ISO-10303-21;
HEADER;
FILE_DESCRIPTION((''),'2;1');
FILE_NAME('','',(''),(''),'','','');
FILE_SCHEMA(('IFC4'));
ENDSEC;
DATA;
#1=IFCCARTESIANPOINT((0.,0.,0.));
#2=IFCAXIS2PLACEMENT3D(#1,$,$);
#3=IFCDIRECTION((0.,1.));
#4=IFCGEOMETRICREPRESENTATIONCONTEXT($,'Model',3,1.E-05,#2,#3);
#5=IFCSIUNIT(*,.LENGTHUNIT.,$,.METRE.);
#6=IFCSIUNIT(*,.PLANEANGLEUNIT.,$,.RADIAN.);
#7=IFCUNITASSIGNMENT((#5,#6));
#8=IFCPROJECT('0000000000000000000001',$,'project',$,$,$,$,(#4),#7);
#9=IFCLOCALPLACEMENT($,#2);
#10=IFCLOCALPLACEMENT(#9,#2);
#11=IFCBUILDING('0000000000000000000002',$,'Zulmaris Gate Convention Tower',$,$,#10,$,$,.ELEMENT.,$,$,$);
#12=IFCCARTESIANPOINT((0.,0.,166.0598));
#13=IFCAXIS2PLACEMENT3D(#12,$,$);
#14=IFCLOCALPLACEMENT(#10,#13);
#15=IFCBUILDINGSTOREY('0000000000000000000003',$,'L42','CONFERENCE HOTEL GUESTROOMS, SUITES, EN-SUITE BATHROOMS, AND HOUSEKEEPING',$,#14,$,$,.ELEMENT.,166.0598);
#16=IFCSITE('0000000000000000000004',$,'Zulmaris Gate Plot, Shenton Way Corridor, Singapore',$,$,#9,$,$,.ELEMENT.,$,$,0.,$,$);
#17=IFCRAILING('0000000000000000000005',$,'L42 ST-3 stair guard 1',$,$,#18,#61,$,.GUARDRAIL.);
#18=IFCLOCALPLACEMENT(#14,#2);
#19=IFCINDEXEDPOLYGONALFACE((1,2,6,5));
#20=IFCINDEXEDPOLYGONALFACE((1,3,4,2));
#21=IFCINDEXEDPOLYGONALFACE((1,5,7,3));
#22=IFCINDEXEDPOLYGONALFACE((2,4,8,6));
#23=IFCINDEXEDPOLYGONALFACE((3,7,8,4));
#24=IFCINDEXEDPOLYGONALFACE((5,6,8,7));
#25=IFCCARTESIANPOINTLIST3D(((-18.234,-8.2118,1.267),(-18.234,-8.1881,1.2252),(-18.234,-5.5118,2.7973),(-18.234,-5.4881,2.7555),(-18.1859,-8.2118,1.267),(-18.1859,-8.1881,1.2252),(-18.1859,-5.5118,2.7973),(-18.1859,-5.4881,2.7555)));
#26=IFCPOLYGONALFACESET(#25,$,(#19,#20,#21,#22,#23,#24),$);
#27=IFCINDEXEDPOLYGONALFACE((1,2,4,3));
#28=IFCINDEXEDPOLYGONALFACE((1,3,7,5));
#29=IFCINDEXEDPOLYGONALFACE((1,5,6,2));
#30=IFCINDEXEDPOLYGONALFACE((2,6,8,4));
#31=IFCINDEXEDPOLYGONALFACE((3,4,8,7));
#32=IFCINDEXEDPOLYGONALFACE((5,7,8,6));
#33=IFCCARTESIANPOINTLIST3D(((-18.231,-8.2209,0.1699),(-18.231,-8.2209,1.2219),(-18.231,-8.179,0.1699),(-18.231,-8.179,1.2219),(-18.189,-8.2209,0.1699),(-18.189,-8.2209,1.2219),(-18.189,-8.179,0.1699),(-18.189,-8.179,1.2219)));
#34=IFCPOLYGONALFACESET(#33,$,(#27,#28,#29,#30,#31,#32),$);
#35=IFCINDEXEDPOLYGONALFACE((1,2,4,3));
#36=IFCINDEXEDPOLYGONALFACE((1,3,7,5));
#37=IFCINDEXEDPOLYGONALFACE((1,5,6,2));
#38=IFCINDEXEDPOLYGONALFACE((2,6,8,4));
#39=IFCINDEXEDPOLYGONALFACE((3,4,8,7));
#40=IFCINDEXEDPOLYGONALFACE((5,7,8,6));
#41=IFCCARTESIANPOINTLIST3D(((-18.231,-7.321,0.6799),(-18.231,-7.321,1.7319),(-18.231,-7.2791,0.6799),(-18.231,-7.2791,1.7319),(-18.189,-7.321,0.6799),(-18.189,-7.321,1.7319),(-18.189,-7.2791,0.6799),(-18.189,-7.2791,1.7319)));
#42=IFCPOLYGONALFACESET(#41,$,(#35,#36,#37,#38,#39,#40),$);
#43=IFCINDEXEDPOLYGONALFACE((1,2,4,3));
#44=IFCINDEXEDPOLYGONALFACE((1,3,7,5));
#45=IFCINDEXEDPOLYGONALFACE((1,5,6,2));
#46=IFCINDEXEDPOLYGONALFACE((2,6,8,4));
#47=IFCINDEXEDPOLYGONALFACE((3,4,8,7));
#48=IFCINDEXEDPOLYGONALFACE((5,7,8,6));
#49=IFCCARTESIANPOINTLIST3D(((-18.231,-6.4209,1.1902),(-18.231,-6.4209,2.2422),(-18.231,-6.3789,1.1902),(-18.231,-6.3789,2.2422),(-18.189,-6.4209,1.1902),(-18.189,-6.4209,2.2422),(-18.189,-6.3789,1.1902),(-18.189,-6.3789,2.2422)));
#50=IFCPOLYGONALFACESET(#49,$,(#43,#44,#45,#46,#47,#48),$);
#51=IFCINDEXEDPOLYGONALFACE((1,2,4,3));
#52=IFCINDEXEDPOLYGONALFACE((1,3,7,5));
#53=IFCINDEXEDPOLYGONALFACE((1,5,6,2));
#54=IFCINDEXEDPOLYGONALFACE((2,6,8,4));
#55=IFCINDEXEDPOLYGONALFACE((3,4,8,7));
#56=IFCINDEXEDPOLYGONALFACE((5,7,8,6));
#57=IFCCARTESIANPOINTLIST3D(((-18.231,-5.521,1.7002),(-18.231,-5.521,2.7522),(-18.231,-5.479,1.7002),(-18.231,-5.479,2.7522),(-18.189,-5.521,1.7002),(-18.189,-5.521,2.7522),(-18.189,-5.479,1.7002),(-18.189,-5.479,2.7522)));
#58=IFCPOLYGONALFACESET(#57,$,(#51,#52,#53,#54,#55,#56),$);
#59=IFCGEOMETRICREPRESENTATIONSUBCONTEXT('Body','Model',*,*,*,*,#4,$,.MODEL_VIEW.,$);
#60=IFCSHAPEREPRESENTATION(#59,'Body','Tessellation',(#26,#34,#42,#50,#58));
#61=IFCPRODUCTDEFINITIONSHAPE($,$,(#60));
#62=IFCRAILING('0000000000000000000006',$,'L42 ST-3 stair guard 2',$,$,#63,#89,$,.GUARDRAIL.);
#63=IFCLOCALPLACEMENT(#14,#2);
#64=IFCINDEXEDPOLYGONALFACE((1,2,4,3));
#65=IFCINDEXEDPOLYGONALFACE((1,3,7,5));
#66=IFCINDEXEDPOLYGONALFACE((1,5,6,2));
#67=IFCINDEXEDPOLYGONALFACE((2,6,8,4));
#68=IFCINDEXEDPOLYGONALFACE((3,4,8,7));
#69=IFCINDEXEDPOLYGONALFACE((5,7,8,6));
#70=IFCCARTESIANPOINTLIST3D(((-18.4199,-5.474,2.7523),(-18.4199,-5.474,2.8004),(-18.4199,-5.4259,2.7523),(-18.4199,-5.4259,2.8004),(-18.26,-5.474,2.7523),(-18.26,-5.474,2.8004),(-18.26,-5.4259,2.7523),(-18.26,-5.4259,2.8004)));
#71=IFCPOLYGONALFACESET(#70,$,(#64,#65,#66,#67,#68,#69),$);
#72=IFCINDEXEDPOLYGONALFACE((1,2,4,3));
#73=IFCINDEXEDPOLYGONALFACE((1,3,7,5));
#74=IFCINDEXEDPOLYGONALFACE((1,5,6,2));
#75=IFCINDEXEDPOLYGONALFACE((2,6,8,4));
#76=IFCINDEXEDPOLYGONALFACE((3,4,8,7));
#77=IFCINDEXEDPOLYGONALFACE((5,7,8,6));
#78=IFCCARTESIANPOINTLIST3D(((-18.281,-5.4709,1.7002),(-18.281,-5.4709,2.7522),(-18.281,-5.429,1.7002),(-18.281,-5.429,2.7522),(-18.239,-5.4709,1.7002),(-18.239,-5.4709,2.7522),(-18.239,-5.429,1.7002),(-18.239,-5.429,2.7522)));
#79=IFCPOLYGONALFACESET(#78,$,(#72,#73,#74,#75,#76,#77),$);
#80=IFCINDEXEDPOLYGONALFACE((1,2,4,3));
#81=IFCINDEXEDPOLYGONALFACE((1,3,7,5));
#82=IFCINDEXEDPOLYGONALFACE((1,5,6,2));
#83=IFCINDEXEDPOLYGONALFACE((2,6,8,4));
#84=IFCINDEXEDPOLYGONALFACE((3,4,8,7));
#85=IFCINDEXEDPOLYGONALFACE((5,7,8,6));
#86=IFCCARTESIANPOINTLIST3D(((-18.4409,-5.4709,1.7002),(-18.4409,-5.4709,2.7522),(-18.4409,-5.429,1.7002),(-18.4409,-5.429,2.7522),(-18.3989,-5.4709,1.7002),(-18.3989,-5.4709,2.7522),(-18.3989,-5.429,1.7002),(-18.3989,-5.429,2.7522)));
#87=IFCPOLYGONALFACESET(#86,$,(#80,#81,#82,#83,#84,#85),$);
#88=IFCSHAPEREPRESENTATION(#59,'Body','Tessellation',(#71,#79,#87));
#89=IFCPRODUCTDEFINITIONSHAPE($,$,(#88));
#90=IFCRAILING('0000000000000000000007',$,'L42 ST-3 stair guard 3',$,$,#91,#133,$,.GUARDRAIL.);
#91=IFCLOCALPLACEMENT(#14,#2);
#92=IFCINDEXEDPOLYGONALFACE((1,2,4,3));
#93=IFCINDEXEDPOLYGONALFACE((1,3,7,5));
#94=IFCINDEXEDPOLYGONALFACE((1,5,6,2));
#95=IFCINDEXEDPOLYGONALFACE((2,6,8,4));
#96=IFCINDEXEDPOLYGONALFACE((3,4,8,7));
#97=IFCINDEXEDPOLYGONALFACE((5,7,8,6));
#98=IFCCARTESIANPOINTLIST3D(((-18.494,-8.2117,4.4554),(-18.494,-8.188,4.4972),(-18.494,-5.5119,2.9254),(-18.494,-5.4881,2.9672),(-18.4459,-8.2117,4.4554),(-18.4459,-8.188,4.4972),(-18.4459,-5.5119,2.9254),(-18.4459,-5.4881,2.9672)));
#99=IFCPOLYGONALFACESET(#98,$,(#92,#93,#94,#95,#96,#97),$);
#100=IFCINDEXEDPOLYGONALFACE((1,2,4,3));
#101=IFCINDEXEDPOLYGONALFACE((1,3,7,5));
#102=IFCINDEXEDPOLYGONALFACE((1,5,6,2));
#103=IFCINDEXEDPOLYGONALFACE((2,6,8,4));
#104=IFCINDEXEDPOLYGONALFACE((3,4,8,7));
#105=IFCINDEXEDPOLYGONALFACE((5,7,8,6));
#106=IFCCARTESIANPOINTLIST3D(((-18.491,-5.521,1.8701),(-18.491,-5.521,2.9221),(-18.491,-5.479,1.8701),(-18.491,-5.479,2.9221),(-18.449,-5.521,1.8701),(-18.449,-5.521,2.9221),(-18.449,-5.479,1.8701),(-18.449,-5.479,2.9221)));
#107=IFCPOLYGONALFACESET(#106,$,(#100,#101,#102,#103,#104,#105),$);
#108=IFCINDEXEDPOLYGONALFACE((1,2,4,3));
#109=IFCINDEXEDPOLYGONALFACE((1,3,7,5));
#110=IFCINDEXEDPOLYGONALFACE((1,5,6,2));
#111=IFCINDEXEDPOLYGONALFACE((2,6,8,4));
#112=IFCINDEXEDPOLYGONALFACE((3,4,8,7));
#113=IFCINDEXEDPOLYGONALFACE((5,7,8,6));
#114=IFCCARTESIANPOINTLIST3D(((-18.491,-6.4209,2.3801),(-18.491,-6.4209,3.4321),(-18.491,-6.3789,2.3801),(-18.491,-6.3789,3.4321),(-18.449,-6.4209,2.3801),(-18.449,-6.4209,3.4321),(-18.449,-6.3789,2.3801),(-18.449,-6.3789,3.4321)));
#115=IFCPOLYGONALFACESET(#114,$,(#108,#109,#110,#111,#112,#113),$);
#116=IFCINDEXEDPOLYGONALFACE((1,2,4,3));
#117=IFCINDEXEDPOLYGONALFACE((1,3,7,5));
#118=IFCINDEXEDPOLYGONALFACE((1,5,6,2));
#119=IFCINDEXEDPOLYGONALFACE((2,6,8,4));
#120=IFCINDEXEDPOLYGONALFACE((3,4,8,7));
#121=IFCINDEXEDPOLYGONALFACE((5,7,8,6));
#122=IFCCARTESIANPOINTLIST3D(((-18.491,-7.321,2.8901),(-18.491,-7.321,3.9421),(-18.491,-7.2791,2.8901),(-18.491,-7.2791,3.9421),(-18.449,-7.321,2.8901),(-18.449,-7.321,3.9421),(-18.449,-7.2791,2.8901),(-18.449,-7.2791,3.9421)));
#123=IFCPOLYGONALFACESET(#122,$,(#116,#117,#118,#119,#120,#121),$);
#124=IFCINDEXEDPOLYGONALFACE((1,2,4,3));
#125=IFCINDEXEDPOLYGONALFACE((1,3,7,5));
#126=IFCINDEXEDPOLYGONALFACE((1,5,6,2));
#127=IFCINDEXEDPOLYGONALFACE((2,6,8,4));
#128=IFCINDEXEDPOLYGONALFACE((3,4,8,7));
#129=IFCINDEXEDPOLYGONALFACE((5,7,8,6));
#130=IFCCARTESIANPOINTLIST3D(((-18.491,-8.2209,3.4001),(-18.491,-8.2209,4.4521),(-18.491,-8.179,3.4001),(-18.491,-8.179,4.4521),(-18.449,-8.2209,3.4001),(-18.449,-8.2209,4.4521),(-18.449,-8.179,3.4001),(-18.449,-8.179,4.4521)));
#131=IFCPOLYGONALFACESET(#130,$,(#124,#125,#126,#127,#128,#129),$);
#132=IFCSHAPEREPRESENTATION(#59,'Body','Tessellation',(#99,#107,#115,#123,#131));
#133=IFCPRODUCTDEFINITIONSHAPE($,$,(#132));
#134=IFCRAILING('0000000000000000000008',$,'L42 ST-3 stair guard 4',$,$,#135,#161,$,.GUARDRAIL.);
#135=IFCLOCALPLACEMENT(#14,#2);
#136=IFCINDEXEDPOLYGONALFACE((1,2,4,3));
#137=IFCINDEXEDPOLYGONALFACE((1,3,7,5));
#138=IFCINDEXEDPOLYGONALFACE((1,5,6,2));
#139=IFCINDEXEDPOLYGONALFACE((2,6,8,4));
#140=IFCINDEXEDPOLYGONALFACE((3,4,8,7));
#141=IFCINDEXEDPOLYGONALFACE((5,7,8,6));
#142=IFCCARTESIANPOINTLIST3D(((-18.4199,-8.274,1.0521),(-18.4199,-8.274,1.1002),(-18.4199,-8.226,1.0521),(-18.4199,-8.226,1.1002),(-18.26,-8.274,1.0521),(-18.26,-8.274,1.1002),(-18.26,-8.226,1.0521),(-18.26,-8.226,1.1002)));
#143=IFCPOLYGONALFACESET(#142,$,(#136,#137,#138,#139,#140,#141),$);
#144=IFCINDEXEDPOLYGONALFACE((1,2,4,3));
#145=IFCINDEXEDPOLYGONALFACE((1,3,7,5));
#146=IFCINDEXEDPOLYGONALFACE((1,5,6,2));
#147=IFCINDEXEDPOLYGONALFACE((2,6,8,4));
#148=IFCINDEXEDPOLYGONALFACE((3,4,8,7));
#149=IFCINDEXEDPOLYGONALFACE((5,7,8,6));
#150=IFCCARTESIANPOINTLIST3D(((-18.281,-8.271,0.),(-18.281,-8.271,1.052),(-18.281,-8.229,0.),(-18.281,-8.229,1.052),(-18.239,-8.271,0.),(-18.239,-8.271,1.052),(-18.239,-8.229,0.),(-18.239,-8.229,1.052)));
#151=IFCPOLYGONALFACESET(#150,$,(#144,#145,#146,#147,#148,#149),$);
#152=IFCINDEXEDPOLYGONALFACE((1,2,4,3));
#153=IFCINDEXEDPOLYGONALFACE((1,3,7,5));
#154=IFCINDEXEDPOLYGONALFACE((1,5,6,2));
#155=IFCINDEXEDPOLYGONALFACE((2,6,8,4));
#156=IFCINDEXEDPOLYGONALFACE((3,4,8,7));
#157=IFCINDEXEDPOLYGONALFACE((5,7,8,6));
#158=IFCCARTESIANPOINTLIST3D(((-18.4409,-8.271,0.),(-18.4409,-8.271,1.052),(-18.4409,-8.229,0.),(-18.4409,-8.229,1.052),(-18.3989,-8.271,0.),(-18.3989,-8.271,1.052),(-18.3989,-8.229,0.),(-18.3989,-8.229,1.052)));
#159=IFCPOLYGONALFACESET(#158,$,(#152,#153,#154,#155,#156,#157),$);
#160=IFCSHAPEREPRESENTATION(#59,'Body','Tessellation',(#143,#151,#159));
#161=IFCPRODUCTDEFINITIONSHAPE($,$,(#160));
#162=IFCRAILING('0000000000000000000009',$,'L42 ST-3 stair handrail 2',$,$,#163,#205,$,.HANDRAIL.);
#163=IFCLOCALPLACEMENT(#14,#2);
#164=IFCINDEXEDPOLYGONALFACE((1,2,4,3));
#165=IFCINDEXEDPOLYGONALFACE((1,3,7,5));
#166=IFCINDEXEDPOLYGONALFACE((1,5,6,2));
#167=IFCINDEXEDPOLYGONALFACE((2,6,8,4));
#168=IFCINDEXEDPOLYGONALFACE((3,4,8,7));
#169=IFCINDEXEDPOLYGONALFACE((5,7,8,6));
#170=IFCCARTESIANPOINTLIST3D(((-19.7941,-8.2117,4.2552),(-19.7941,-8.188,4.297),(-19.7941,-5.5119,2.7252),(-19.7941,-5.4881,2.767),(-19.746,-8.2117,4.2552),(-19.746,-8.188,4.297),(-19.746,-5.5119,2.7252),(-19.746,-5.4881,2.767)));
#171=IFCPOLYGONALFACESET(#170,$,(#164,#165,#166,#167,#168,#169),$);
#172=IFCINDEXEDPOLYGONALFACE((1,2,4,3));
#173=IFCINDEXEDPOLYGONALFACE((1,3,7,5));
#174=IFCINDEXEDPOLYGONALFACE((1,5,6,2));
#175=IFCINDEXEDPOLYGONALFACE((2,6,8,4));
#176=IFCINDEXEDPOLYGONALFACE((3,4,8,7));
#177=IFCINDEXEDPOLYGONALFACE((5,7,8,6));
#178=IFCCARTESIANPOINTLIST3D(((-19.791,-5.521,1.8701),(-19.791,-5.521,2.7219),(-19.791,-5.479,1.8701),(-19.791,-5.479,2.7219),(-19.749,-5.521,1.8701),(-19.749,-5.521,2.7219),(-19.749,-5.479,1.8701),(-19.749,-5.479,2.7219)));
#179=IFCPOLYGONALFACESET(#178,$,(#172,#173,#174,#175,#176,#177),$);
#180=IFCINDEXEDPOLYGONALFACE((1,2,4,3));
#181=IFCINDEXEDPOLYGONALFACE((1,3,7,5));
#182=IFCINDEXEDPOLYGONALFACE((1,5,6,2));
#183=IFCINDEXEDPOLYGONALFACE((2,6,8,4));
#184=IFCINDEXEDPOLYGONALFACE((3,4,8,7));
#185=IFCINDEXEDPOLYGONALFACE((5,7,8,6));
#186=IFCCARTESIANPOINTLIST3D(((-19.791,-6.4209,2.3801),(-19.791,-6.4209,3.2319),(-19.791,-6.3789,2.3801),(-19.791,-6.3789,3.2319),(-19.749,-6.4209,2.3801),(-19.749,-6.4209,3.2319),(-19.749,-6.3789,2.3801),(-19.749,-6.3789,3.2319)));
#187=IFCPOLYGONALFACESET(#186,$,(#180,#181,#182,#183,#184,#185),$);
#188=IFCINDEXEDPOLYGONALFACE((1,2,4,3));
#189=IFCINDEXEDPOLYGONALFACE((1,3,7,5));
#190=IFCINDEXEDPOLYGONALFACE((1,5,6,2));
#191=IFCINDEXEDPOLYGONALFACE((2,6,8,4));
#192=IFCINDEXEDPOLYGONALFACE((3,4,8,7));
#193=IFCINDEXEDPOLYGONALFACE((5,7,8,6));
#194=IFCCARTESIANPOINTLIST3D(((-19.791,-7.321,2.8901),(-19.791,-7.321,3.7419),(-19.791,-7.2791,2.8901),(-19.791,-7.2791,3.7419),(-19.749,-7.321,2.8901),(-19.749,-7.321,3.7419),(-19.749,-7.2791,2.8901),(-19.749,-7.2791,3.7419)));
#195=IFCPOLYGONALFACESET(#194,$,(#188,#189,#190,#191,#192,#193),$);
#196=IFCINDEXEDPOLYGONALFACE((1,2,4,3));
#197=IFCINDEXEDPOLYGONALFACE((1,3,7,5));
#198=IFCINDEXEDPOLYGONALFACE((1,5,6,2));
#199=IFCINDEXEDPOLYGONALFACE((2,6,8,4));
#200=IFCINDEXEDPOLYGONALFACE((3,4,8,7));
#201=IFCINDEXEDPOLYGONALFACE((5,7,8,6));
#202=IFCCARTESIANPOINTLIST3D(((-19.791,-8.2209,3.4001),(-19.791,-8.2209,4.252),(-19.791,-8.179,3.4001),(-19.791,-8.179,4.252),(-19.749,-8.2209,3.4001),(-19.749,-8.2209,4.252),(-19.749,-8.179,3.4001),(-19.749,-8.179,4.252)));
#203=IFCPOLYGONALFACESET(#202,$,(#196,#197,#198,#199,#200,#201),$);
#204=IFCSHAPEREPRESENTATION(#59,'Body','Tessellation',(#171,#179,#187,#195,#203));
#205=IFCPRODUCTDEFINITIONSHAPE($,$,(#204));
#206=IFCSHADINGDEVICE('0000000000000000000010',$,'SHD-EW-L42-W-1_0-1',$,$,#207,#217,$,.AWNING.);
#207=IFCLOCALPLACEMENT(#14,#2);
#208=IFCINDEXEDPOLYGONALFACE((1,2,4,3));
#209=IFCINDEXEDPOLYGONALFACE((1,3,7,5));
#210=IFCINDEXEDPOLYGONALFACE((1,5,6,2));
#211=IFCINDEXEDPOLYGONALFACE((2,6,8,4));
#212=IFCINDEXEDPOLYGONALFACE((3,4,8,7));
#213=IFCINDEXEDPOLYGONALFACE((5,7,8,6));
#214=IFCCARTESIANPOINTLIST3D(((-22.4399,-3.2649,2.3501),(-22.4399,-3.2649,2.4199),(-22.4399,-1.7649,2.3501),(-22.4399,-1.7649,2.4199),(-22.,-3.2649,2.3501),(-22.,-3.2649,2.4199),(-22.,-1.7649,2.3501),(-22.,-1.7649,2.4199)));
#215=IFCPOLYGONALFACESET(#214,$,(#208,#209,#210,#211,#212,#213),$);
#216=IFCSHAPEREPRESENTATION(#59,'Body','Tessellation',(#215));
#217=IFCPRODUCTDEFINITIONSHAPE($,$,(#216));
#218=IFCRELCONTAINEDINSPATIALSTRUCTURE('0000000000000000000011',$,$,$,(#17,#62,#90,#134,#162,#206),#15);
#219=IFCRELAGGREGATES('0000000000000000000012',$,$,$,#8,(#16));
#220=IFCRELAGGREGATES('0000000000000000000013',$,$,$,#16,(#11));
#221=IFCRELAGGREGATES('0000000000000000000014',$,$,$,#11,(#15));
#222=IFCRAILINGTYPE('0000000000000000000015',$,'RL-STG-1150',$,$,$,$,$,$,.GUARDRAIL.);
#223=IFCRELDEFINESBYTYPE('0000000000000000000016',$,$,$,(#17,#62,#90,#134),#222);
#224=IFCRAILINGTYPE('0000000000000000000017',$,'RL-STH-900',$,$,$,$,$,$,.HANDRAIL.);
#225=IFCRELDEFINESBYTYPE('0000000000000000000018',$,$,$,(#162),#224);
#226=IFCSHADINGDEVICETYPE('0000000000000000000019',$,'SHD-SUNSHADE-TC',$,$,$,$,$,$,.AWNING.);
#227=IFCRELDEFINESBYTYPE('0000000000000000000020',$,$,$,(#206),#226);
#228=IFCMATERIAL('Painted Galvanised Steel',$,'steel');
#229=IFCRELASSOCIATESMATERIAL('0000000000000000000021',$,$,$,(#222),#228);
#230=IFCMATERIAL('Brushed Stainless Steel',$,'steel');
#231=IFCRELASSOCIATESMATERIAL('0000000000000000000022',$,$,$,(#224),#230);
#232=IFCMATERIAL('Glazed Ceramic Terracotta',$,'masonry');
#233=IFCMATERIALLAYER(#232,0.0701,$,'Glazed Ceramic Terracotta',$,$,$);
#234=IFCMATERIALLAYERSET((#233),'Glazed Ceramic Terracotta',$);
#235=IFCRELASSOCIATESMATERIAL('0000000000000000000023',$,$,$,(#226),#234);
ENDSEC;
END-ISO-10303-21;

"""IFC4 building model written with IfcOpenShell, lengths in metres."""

from ifc_helpers import new_model, si_unit, direction, frame, frame_2d, origin, origin_2d, place, context, subcontext, project, spatial, rectangle, extrude, material, layer, layer_set, type_object, element, save


model = new_model("IFC4")

# Units and contexts
model_context = context("Model", 3, precision=1e-05, world=origin(), true_north=direction((0.0, 1.0)))
body_context = subcontext(model_context, "Body", "Model", "MODEL_VIEW")
ifc_project = project(units=[si_unit("LENGTHUNIT", "METRE"), si_unit("PLANEANGLEUNIT", "RADIAN")], contexts=[model_context])

# Site, building, storey
site_placement = place(None, origin())
site = spatial("IfcSite", under=ifc_project, at=site_placement, Name="Zulmaris Gate Plot, Shenton Way Corridor, Singapore", CompositionType="ELEMENT", RefElevation=0.0)
building_placement = place(site_placement, origin())
building = spatial("IfcBuilding", under=site, at=building_placement, Name="Zulmaris Gate Convention Tower", CompositionType="ELEMENT")
storey_placement = place(building_placement, frame((0.0, 0.0, 166.0598)))
storey = spatial("IfcBuildingStorey", under=building, at=storey_placement, Name="L42", Description="CONFERENCE HOTEL GUESTROOMS, SUITES, EN-SUITE BATHROOMS, AND HOUSEKEEPING", CompositionType="ELEMENT", Elevation=166.0598)

# Shared definitions
ifc_material_1 = material(Name="Brushed Stainless Steel", Category="steel")

# Railings
ifc_material_2 = material(Name="Painted Galvanised Steel", Category="steel")
railing_type_1 = type_object("IfcRailingType", Name="RL-STG-1150", PredefinedType="GUARDRAIL", material=ifc_material_2)
railing_1_placement = place(storey_placement, frame((-18.21, -8.2, 0.1699)))
element("IfcRailing", 1, at=railing_1_placement, inside=storey, type_object=railing_type_1, Name="L42 ST-3 stair guard 1", PredefinedType="GUARDRAIL", context=body_context, shape_type="SweptSolid", body=[
    extrude(rectangle(XDim=0.0481, YDim=0.0481, at=origin_2d()), frame((0.0, 0.0, 1.0762), z_axis=(0.0, 0.869981, 0.493086), x_axis=(-1.0, 0.0, 0.0)), (0.0, 0.0, 1.0), 3.1035),
    extrude(rectangle(XDim=0.042, YDim=0.042, at=origin_2d()), origin(), (0.0, 0.0, 1.0), 1.052),
    extrude(rectangle(XDim=0.042, YDim=0.042, at=origin_2d()), frame((0.0, 0.8999, 0.51)), (0.0, 0.0, 1.0), 1.052),
    extrude(rectangle(XDim=0.042, YDim=0.042, at=origin_2d()), frame((0.0, 1.8, 1.0203)), (0.0, 0.0, 1.0), 1.052),
    extrude(rectangle(XDim=0.042, YDim=0.042, at=origin_2d()), frame((0.0, 2.7, 1.5303)), (0.0, 0.0, 1.0), 1.052),
])
railing_2_placement = place(storey_placement, frame((-18.26, -5.45, 1.7002)))
element("IfcRailing", 2, at=railing_2_placement, inside=storey, type_object=railing_type_1, Name="L42 ST-3 stair guard 2", PredefinedType="GUARDRAIL", context=body_context, shape_type="SweptSolid", body=[
    extrude(rectangle(XDim=0.0481, YDim=0.0481, at=origin_2d()), frame((0.0, 0.0, 1.0762), z_axis=(-1.0, 0.0, 0.0), x_axis=(0.0, -1.0, 0.0)), (0.0, 0.0, 1.0), 0.1599),
    extrude(rectangle(XDim=0.042, YDim=0.042, at=origin_2d()), origin(), (0.0, 0.0, 1.0), 1.052),
    extrude(rectangle(XDim=0.042, YDim=0.042, at=origin_2d()), frame((-0.1599, 0.0, 0.0)), (0.0, 0.0, 1.0), 1.052),
])
railing_3_placement = place(storey_placement, frame((-18.47, -5.5, 1.8701)))
element("IfcRailing", 3, at=railing_3_placement, inside=storey, type_object=railing_type_1, Name="L42 ST-3 stair guard 3", PredefinedType="GUARDRAIL", context=body_context, shape_type="SweptSolid", body=[
    extrude(rectangle(XDim=0.0481, YDim=0.0481, at=origin_2d()), frame((0.0, 0.0, 1.0762), z_axis=(0.0, -0.870014, 0.493026), x_axis=(1.0, 0.0, 0.0)), (0.0, 0.0, 1.0), 3.1033),
    extrude(rectangle(XDim=0.042, YDim=0.042, at=origin_2d()), origin(), (0.0, 0.0, 1.0), 1.052),
    extrude(rectangle(XDim=0.042, YDim=0.042, at=origin_2d()), frame((0.0, -0.8999, 0.51)), (0.0, 0.0, 1.0), 1.052),
    extrude(rectangle(XDim=0.042, YDim=0.042, at=origin_2d()), frame((0.0, -1.8, 1.02)), (0.0, 0.0, 1.0), 1.052),
    extrude(rectangle(XDim=0.042, YDim=0.042, at=origin_2d()), frame((0.0, -2.7, 1.53)), (0.0, 0.0, 1.0), 1.052),
])
railing_4_placement = place(storey_placement, frame((-18.26, -8.25, 0.0)))
element("IfcRailing", 4, at=railing_4_placement, inside=storey, type_object=railing_type_1, Name="L42 ST-3 stair guard 4", PredefinedType="GUARDRAIL", context=body_context, shape_type="SweptSolid", body=[
    extrude(rectangle(XDim=0.0481, YDim=0.0481, at=origin_2d()), frame((0.0, 0.0, 1.0762), z_axis=(-1.0, 0.0, 0.0), x_axis=(0.0, -1.0, 0.0)), (0.0, 0.0, 1.0), 0.1599),
    extrude(rectangle(XDim=0.042, YDim=0.042, at=origin_2d()), origin(), (0.0, 0.0, 1.0), 1.052),
    extrude(rectangle(XDim=0.042, YDim=0.042, at=origin_2d()), frame((-0.1599, 0.0, 0.0)), (0.0, 0.0, 1.0), 1.052),
])
railing_type_2 = type_object("IfcRailingType", Name="RL-STH-900", PredefinedType="HANDRAIL", material=ifc_material_1)
railing_5_placement = place(storey_placement, frame((-19.77, -5.5, 1.8701)))
element("IfcRailing", 5, at=railing_5_placement, inside=storey, type_object=railing_type_2, Name="L42 ST-3 stair handrail 2", PredefinedType="HANDRAIL", context=body_context, shape_type="SweptSolid", body=[
    extrude(rectangle(XDim=0.0481, YDim=0.0481, at=origin_2d()), frame((0.0, 0.0, 0.876), z_axis=(0.0, -0.870014, 0.493026), x_axis=(1.0, 0.0, 0.0)), (0.0, 0.0, 1.0), 3.1033),
    extrude(rectangle(XDim=0.042, YDim=0.042, at=origin_2d()), origin(), (0.0, 0.0, 1.0), 0.8518),
    extrude(rectangle(XDim=0.042, YDim=0.042, at=origin_2d()), frame((0.0, -0.8999, 0.51)), (0.0, 0.0, 1.0), 0.8518),
    extrude(rectangle(XDim=0.042, YDim=0.042, at=origin_2d()), frame((0.0, -1.8, 1.02)), (0.0, 0.0, 1.0), 0.8518),
    extrude(rectangle(XDim=0.042, YDim=0.042, at=origin_2d()), frame((0.0, -2.7, 1.53)), (0.0, 0.0, 1.0), 0.8518),
])

# Shading device
ifc_material_3 = material(Name="Glazed Ceramic Terracotta", Category="masonry")
ifc_layer_1 = layer(ifc_material_3, 0.0701, Name="Glazed Ceramic Terracotta")
ifc_layer_set_1 = layer_set([ifc_layer_1], Name="Glazed Ceramic Terracotta")
shading_device_type = type_object("IfcShadingDeviceType", Name="SHD-SUNSHADE-TC", PredefinedType="AWNING", material=ifc_layer_set_1)
for number, where, z_axis, x_axis, name in (
    (6, (-22.22, -1.7649, 2.3501), (0.0, 0.0, 1.0), (0.0, -1.0, 0.0), "SHD-EW-L42-W-1_0-1"),
):
    element("IfcShadingDevice", number, at=place(storey_placement, frame(where, z_axis=z_axis, x_axis=x_axis)), inside=storey, type_object=shading_device_type, Name=name, PredefinedType="AWNING", context=body_context, shape_type="SweptSolid", body=[
        extrude(rectangle(XDim=1.5, YDim=0.4399, at=frame_2d((0.75, 0.0))), origin(), (0.0, 0.0, 1.0), 0.0698),
    ])

save(model, "model.ifc")
